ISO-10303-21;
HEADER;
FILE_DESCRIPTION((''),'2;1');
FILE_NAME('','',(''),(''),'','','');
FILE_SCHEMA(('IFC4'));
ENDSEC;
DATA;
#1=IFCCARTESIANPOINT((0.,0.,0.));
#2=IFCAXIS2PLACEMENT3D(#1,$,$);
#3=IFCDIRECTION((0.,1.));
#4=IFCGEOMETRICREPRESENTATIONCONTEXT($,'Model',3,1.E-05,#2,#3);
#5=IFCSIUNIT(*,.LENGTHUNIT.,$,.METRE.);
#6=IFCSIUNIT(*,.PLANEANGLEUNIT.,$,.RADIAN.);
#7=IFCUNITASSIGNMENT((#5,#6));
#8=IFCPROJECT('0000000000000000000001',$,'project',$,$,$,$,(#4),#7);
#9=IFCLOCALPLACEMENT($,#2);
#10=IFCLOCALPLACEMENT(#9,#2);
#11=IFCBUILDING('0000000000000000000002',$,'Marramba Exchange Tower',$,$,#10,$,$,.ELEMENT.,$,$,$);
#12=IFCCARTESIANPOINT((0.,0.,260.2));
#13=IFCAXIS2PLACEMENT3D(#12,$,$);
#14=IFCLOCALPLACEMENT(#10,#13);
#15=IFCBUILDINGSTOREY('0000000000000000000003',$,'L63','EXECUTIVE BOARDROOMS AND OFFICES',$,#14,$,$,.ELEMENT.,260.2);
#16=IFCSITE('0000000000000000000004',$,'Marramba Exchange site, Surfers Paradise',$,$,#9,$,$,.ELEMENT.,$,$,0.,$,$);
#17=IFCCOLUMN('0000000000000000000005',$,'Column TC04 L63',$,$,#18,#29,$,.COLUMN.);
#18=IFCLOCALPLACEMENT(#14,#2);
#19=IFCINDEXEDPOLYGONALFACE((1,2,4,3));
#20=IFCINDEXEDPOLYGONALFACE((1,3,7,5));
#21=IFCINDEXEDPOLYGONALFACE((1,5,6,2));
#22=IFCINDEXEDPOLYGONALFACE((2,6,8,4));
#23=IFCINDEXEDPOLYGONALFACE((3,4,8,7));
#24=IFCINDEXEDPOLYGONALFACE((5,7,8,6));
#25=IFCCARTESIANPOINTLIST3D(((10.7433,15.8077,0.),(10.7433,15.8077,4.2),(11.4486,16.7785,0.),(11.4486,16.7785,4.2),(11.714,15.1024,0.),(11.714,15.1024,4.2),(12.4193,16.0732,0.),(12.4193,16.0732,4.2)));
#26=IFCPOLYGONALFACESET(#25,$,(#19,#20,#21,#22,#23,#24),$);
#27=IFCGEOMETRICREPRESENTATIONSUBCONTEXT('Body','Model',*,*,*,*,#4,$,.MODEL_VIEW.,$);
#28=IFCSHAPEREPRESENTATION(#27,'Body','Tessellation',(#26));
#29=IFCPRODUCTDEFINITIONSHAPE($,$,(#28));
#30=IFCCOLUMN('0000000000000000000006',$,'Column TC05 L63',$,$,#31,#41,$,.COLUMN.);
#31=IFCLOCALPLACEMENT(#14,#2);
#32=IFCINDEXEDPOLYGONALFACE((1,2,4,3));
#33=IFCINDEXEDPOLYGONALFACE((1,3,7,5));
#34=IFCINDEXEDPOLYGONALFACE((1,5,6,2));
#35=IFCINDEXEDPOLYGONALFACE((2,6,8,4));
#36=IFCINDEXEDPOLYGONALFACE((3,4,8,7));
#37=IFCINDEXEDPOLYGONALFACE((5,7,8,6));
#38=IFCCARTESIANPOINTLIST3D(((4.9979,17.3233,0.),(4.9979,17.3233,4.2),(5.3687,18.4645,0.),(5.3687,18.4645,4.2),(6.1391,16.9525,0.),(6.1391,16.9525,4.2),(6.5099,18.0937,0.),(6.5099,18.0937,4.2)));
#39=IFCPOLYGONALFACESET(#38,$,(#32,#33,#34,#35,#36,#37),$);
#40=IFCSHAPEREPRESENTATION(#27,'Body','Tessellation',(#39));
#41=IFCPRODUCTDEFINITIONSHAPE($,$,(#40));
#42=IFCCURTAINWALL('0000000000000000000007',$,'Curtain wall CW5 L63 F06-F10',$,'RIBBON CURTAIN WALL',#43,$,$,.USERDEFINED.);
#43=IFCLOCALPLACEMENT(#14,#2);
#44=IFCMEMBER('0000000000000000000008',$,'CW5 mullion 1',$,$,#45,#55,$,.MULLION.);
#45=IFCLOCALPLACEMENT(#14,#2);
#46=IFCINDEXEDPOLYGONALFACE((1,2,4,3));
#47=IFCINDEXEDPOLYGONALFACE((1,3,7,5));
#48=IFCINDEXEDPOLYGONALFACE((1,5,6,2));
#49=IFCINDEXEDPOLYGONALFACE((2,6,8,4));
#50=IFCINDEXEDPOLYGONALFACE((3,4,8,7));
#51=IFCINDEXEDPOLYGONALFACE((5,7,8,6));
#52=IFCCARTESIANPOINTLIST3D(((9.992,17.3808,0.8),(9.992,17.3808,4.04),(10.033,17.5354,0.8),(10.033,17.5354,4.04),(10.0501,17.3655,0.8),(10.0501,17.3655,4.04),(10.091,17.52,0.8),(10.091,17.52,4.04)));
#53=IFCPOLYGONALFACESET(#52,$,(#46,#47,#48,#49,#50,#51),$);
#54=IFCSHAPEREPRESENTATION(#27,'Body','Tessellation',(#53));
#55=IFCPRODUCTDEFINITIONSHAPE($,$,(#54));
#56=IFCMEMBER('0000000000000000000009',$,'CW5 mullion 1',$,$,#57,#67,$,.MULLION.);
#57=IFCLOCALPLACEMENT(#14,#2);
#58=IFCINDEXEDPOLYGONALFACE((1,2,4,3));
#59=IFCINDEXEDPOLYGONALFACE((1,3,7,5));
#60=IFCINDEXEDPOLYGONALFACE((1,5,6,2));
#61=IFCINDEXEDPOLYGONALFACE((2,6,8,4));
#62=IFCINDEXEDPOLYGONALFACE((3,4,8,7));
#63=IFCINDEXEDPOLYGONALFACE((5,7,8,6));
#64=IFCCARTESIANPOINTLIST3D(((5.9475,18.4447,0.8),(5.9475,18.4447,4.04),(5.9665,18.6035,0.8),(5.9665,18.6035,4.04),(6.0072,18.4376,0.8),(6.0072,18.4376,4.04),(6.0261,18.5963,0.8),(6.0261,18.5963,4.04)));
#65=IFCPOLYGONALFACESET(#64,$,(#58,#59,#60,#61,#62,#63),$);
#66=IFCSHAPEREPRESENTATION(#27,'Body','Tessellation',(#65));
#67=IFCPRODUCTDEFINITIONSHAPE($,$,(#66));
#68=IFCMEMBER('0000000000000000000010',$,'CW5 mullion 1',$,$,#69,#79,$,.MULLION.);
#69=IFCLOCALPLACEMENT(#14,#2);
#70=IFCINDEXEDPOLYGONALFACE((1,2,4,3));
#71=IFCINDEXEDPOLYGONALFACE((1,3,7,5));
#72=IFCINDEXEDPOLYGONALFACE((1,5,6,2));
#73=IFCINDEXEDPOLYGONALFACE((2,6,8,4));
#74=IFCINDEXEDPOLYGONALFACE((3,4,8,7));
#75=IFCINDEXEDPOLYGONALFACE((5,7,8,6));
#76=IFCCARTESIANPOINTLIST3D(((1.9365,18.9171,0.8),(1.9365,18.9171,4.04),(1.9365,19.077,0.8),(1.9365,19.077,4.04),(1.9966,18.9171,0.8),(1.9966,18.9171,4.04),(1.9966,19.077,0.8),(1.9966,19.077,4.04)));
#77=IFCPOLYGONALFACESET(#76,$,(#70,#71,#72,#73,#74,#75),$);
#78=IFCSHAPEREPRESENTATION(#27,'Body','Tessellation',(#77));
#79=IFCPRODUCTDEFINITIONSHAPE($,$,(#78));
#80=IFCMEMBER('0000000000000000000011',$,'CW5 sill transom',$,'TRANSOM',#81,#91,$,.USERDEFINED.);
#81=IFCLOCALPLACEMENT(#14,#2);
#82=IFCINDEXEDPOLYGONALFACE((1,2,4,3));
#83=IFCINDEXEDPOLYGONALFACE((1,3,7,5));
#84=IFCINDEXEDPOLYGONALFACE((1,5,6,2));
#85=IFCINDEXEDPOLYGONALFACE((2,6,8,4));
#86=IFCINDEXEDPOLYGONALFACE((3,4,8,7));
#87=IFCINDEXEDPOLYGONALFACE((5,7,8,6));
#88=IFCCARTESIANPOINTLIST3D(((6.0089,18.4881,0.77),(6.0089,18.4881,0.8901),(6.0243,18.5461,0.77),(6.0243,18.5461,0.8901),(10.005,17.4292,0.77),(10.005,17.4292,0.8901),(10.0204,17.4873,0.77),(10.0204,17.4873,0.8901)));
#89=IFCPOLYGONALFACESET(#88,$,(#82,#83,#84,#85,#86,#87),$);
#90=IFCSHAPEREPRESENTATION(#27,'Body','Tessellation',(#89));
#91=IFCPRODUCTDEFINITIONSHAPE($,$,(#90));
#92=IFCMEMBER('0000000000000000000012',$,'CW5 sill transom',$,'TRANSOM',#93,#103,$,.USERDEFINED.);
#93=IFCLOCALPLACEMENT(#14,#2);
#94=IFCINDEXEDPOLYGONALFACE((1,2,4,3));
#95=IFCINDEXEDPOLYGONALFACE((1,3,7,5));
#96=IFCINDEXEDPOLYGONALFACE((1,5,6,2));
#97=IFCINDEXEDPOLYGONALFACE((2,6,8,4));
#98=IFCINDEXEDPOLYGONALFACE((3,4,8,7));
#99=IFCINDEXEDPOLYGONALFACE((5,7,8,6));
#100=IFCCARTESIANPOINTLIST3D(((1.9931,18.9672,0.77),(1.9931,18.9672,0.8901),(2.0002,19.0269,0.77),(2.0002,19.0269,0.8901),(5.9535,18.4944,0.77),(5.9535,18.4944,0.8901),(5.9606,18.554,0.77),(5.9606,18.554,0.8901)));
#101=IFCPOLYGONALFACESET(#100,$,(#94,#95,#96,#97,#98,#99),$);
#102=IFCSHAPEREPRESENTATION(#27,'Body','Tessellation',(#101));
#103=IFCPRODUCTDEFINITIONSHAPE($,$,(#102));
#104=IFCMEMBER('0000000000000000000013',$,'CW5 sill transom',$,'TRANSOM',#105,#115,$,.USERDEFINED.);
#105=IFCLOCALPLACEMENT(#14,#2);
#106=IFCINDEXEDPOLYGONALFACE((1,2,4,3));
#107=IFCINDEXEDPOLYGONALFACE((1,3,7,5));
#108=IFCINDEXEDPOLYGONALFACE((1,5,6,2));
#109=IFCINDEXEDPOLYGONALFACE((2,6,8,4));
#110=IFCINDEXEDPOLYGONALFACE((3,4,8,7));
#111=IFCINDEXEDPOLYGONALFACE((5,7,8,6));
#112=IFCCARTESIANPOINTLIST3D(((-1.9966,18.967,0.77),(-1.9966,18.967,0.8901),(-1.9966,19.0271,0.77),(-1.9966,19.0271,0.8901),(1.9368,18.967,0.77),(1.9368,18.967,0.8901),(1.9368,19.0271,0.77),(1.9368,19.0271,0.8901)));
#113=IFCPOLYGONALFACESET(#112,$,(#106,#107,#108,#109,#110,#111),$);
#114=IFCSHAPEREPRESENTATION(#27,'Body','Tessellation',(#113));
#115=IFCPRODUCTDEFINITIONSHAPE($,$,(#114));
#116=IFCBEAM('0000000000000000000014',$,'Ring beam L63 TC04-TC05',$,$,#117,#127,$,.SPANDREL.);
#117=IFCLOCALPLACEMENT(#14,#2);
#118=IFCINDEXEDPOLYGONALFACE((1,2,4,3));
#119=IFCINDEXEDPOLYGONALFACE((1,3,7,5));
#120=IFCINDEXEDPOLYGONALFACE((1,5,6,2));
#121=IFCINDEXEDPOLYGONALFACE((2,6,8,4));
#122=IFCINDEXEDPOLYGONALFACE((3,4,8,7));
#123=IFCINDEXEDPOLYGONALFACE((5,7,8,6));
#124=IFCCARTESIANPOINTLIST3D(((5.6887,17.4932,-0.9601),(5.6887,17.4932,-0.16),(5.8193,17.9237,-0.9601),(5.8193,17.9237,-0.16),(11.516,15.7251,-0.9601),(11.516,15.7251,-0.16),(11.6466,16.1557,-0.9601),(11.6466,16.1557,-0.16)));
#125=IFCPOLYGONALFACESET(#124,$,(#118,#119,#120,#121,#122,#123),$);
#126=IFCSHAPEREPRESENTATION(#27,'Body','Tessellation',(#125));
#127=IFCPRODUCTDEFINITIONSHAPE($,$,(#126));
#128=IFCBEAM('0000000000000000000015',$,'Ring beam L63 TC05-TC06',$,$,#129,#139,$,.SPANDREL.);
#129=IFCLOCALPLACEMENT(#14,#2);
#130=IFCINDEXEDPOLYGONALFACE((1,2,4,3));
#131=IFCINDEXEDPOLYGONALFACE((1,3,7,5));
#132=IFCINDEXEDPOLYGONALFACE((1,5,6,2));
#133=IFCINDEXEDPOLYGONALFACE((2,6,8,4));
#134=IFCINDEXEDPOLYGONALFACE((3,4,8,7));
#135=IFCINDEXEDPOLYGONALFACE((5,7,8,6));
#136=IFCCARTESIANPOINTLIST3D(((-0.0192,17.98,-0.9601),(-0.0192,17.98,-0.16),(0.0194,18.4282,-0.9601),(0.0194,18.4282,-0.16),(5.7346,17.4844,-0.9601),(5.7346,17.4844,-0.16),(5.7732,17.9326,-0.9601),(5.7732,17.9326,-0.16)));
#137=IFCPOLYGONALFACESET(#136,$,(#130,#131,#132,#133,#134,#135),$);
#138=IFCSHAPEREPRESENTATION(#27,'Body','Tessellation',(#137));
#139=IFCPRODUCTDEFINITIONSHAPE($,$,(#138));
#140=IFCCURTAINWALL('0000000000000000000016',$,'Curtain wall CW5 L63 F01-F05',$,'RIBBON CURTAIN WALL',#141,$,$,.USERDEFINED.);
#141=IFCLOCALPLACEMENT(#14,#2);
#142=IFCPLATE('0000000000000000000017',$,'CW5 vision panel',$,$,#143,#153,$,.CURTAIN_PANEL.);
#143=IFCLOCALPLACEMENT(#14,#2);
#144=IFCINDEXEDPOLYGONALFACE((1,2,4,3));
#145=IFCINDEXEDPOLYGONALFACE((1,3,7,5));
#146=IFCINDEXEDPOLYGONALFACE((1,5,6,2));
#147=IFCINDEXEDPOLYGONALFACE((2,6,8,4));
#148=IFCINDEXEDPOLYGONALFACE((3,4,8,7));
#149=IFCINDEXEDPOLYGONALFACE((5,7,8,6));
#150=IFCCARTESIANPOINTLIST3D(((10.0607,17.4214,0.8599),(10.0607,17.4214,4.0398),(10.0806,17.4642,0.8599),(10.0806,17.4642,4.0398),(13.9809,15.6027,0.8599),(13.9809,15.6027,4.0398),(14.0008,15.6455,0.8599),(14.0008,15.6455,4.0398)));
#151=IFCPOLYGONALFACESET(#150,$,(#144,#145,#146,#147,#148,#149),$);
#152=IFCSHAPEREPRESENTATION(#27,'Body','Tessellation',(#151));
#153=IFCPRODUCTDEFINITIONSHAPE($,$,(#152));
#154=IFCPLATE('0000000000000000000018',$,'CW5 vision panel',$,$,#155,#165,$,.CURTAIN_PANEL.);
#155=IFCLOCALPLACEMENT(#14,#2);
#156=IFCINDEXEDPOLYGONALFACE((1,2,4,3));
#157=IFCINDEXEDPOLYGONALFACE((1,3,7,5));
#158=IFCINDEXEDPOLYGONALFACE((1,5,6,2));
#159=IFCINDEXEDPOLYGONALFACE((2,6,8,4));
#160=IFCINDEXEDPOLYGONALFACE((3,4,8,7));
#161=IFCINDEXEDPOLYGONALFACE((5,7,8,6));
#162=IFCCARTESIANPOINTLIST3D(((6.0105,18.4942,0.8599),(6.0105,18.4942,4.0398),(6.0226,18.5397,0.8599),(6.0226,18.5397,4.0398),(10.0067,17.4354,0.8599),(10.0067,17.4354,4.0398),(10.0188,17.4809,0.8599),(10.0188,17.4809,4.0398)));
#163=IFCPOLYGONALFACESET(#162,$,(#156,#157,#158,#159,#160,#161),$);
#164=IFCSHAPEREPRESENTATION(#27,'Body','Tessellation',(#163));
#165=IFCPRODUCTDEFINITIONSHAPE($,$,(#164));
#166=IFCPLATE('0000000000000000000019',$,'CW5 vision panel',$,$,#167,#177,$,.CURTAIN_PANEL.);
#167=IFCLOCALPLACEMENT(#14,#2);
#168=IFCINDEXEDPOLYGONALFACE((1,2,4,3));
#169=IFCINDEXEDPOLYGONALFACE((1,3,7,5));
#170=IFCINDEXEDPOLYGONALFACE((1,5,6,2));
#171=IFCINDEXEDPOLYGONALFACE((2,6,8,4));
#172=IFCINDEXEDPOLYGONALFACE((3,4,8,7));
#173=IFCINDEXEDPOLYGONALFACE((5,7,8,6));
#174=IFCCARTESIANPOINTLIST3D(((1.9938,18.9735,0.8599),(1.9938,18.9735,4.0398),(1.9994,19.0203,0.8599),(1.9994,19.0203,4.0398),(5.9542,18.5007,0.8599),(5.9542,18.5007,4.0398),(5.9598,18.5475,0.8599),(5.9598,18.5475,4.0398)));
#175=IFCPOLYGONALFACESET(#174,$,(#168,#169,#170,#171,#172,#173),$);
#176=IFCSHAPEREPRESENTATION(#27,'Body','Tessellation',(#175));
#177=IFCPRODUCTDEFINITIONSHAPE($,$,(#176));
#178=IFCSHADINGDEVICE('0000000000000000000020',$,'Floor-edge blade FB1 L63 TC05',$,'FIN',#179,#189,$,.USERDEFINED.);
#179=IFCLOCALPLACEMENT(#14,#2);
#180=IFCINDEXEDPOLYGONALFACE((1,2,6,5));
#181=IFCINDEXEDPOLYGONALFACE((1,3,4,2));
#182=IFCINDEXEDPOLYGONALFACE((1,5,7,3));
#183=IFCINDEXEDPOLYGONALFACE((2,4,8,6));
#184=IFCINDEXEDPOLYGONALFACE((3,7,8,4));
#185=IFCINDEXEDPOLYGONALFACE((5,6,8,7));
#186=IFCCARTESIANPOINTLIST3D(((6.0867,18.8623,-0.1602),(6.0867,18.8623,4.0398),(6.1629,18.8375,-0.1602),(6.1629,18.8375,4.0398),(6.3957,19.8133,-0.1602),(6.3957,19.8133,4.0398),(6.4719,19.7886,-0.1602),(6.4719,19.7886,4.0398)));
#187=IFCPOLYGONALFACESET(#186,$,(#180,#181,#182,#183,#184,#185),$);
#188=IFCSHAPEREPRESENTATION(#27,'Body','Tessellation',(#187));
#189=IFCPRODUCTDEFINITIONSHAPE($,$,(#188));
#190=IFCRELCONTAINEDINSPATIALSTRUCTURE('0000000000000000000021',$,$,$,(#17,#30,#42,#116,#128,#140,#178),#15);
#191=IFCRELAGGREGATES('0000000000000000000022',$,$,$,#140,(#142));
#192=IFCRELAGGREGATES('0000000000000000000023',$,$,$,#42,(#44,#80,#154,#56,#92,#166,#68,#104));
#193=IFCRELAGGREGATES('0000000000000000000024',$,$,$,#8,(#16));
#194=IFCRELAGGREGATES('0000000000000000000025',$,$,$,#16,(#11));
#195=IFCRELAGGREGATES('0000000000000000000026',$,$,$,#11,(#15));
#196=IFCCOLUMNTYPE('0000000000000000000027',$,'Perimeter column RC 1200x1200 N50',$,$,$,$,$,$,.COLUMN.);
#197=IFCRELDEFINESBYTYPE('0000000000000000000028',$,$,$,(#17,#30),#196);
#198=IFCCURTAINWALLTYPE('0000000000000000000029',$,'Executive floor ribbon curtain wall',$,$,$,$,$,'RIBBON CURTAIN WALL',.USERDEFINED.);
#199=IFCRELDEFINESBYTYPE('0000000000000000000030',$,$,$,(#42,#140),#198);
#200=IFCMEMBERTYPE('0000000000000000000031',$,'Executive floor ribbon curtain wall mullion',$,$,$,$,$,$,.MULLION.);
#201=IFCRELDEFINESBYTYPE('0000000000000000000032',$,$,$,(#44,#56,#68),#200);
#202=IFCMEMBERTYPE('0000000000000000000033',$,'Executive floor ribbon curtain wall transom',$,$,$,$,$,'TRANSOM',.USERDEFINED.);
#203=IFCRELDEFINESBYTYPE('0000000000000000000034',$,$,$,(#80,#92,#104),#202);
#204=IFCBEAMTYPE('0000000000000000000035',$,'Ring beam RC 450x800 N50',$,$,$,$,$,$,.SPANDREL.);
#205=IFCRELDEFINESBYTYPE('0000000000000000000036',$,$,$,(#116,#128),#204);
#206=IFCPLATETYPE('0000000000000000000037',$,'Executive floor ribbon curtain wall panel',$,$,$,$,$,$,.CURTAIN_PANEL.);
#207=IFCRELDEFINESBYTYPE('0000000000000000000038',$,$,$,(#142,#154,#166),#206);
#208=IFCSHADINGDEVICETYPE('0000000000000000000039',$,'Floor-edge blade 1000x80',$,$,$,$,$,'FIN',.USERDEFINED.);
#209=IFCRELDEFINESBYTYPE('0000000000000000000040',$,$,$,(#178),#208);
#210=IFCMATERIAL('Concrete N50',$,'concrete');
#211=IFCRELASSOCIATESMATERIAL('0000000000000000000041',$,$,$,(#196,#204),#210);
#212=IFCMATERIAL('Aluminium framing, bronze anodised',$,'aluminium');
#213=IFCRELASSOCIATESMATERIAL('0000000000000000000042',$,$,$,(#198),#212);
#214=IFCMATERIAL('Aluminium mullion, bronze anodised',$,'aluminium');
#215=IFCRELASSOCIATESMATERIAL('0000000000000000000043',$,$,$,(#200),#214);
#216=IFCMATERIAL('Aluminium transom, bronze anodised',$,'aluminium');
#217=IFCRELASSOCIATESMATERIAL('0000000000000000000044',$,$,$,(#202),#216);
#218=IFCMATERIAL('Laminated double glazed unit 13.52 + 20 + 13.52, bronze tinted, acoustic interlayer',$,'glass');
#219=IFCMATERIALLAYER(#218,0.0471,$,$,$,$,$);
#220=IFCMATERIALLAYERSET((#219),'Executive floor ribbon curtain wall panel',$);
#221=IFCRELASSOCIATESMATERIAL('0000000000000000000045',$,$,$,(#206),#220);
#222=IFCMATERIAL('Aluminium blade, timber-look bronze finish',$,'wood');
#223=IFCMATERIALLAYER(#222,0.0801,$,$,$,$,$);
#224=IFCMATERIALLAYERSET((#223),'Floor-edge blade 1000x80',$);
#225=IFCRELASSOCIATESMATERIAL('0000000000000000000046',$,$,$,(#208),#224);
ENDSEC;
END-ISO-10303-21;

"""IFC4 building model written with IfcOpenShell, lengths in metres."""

from ifc_helpers import new_model, si_unit, direction, frame, origin, origin_2d, place, context, subcontext, project, spatial, rectangle, extrude, material, layer, layer_set, material_profile, profile_set, type_object, element, aggregate, save


model = new_model("IFC4")

# Units and contexts
model_context = context("Model", 3, precision=1e-05, world=origin(), true_north=direction((0.0, 1.0)))
body_context = subcontext(model_context, "Body", "Model", "MODEL_VIEW")
ifc_project = project(units=[si_unit("LENGTHUNIT", "METRE"), si_unit("PLANEANGLEUNIT", "RADIAN")], contexts=[model_context])

# Site, building, storey
site_placement = place(None, origin())
site = spatial("IfcSite", under=ifc_project, at=site_placement, Name="Marramba Exchange site, Surfers Paradise", CompositionType="ELEMENT", RefElevation=0.0)
building_placement = place(site_placement, origin())
building = spatial("IfcBuilding", under=site, at=building_placement, Name="Marramba Exchange Tower", CompositionType="ELEMENT")
storey_placement = place(building_placement, frame((0.0, 0.0, 260.2)))
storey = spatial("IfcBuildingStorey", under=building, at=storey_placement, Name="L63", Description="EXECUTIVE BOARDROOMS AND OFFICES", CompositionType="ELEMENT", Elevation=260.2)

# Columns
ifc_material_1 = material(Name="Concrete N50", Category="concrete")
ifc_material_profile_1 = material_profile(ifc_material_1, rectangle(XDim=1.2, YDim=1.2, at=origin_2d()), Name="RC 1200x1200")
ifc_profile_set_1 = profile_set([ifc_material_profile_1], Name="Concrete N50")
column_type = type_object("IfcColumnType", Name="Perimeter column RC 1200x1200 N50", PredefinedType="COLUMN", material=ifc_profile_set_1)
for number, where, z_axis, x_axis, name in (
    (1, (11.5813, 15.9404, 0.0), (0.0, 0.0, 1.0), (0.587785, 0.809017, 0.0), "Column TC04 L63"),
    (2, (5.7539, 17.7085, 0.0), (0.0, 0.0, 1.0), (0.309017, 0.951057, 0.0), "Column TC05 L63"),
):
    element("IfcColumn", number, at=place(storey_placement, frame(where, z_axis=z_axis, x_axis=x_axis)), inside=storey, type_object=column_type, Name=name, PredefinedType="COLUMN", context=body_context, shape_type="SweptSolid", body=[
        extrude(rectangle(XDim=1.2, YDim=1.2, at=origin_2d()), origin(), (0.0, 0.0, 1.0), 4.2),
    ])

# Curtain wall, members
ifc_material_2 = material(Name="Aluminium framing, bronze anodised", Category="aluminium")
curtain_wall_type = type_object("IfcCurtainWallType", Name="Executive floor ribbon curtain wall", ElementType="RIBBON CURTAIN WALL", PredefinedType="USERDEFINED", material=ifc_material_2)
curtain_wall_1_placement = place(storey_placement, origin())
curtain_wall_1 = element("IfcCurtainWall", 3, at=curtain_wall_1_placement, inside=storey, type_object=curtain_wall_type, Name="Curtain wall CW5 L63 F06-F10", ObjectType="RIBBON CURTAIN WALL", PredefinedType="USERDEFINED")
ifc_material_3 = material(Name="Aluminium mullion, bronze anodised", Category="aluminium")
ifc_material_profile_2 = material_profile(ifc_material_3, rectangle(XDim=0.1599, YDim=0.0601, at=origin_2d()), Name="CW5 mullion 60x160")
ifc_profile_set_2 = profile_set([ifc_material_profile_2], Name="Aluminium mullion, bronze anodised")
member_type_1 = type_object("IfcMemberType", Name="Executive floor ribbon curtain wall mullion", PredefinedType="MULLION", material=ifc_profile_set_2)
member_1_placement = place(storey_placement, frame((10.0415, 17.4504, 0.8), z_axis=(0.0, 0.0, 1.0), x_axis=(-0.256126, -0.966644, 0.0)))
member_1 = element("IfcMember", 4, at=member_1_placement, type_object=member_type_1, Name="CW5 mullion 1", PredefinedType="MULLION", context=body_context, shape_type="SweptSolid", body=[
    extrude(rectangle(XDim=0.1599, YDim=0.0601, at=origin_2d()), origin(), (0.0, 0.0, 1.0), 3.24),
])
member_2_placement = place(storey_placement, frame((5.9868, 18.5205, 0.8), z_axis=(0.0, 0.0, 1.0), x_axis=(-0.118557, -0.992947, 0.0)))
member_2 = element("IfcMember", 5, at=member_2_placement, type_object=member_type_1, Name="CW5 mullion 1", PredefinedType="MULLION", context=body_context, shape_type="SweptSolid", body=[
    extrude(rectangle(XDim=0.1599, YDim=0.0601, at=origin_2d()), origin(), (0.0, 0.0, 1.0), 3.24),
])
member_3_placement = place(storey_placement, frame((1.9666, 18.9971, 0.8), z_axis=(0.0, 0.0, 1.0), x_axis=(0.0, -1.0, 0.0)))
member_3 = element("IfcMember", 6, at=member_3_placement, type_object=member_type_1, Name="CW5 mullion 1", PredefinedType="MULLION", context=body_context, shape_type="SweptSolid", body=[
    extrude(rectangle(XDim=0.1599, YDim=0.0601, at=origin_2d()), origin(), (0.0, 0.0, 1.0), 3.24),
])
ifc_material_4 = material(Name="Aluminium transom, bronze anodised", Category="aluminium")
ifc_material_profile_3 = material_profile(ifc_material_4, rectangle(XDim=0.0601, YDim=0.1201, at=origin_2d()), Name="CW5 transom 60x120")
ifc_profile_set_3 = profile_set([ifc_material_profile_3], Name="Aluminium transom, bronze anodised")
member_type_2 = type_object("IfcMemberType", Name="Executive floor ribbon curtain wall transom", ElementType="TRANSOM", PredefinedType="USERDEFINED", material=ifc_profile_set_3)
member_4_placement = place(storey_placement, frame((10.0127, 17.4583, 0.8301), z_axis=(-0.966642, 0.25613, 0.0), x_axis=(-0.25613, -0.966642, 0.0)))
member_4 = element("IfcMember", 7, at=member_4_placement, type_object=member_type_2, Name="CW5 sill transom", ObjectType="TRANSOM", PredefinedType="USERDEFINED", context=body_context, shape_type="SweptSolid", body=[
    extrude(rectangle(XDim=0.0601, YDim=0.1201, at=origin_2d()), origin(), (0.0, 0.0, 1.0), 4.134),
])
member_5_placement = place(storey_placement, frame((5.957, 18.5242, 0.8301), z_axis=(-0.992946, 0.118564, 0.0), x_axis=(-0.118564, -0.992946, 0.0)))
member_5 = element("IfcMember", 8, at=member_5_placement, type_object=member_type_2, Name="CW5 sill transom", ObjectType="TRANSOM", PredefinedType="USERDEFINED", context=body_context, shape_type="SweptSolid", body=[
    extrude(rectangle(XDim=0.0601, YDim=0.1201, at=origin_2d()), origin(), (0.0, 0.0, 1.0), 3.9885),
])
member_6_placement = place(storey_placement, frame((1.9368, 18.9971, 0.8301), z_axis=(-1.0, 0.0, 0.0), x_axis=(0.0, -1.0, 0.0)))
member_6 = element("IfcMember", 9, at=member_6_placement, type_object=member_type_2, Name="CW5 sill transom", ObjectType="TRANSOM", PredefinedType="USERDEFINED", context=body_context, shape_type="SweptSolid", body=[
    extrude(rectangle(XDim=0.0601, YDim=0.1201, at=origin_2d()), origin(), (0.0, 0.0, 1.0), 3.9333),
])

# Beams
ifc_material_profile_4 = material_profile(ifc_material_1, rectangle(XDim=0.45, YDim=0.8, at=origin_2d()), Name="RC 450x800")
ifc_profile_set_4 = profile_set([ifc_material_profile_4], Name="Concrete N50")
beam_type = type_object("IfcBeamType", Name="Ring beam RC 450x800 N50", PredefinedType="SPANDREL", material=ifc_profile_set_4)
beam_1_placement = place(storey_placement, frame((11.5813, 15.9404, -0.5601), z_axis=(-0.956925, 0.290337, 0.0), x_axis=(-0.290337, -0.956925, 0.0)))
element("IfcBeam", 10, at=beam_1_placement, inside=storey, type_object=beam_type, Name="Ring beam L63 TC04-TC05", PredefinedType="SPANDREL", context=body_context, shape_type="SweptSolid", body=[
    extrude(rectangle(XDim=0.45, YDim=0.8, at=origin_2d()), origin(), (0.0, 0.0, 1.0), 6.0896),
])
beam_2_placement = place(storey_placement, frame((5.7539, 17.7085, -0.5601), z_axis=(-0.996311, 0.085816, 0.0), x_axis=(-0.085816, -0.996311, 0.0)))
element("IfcBeam", 11, at=beam_2_placement, inside=storey, type_object=beam_type, Name="Ring beam L63 TC05-TC06", PredefinedType="SPANDREL", context=body_context, shape_type="SweptSolid", body=[
    extrude(rectangle(XDim=0.45, YDim=0.8, at=origin_2d()), origin(), (0.0, 0.0, 1.0), 5.7751),
])

# Curtain wall, plate
curtain_wall_2_placement = place(storey_placement, origin())
curtain_wall_2 = element("IfcCurtainWall", 12, at=curtain_wall_2_placement, inside=storey, type_object=curtain_wall_type, Name="Curtain wall CW5 L63 F01-F05", ObjectType="RIBBON CURTAIN WALL", PredefinedType="USERDEFINED")
ifc_material_5 = material(Name="Laminated double glazed unit 13.52 + 20 + 13.52, bronze tinted, acoustic interlayer", Category="glass")
ifc_layer_1 = layer(ifc_material_5, 0.0471)
ifc_layer_set_1 = layer_set([ifc_layer_1], Name="Executive floor ribbon curtain wall panel")
plate_type = type_object("IfcPlateType", Name="Executive floor ribbon curtain wall panel", PredefinedType="CURTAIN_PANEL", material=ifc_layer_set_1)
plate_1_placement = place(storey_placement, frame((12.0308, 16.5334, 0.8599), z_axis=(0.0, 0.0, 1.0), x_axis=(-0.907131, 0.420849, 0.0)))
plate_1 = element("IfcPlate", 13, at=plate_1_placement, type_object=plate_type, Name="CW5 vision panel", PredefinedType="CURTAIN_PANEL", context=body_context, shape_type="SweptSolid", body=[
    extrude(rectangle(XDim=4.3215, YDim=0.0471, at=origin_2d()), origin(), (0.0, 0.0, 1.0), 3.1799),
])
aggregate(curtain_wall_2, [plate_1])

# Plates
plate_2_placement = place(storey_placement, frame((8.0146, 17.9875, 0.8599), z_axis=(0.0, 0.0, 1.0), x_axis=(-0.966644, 0.256126, 0.0)))
plate_2 = element("IfcPlate", 14, at=plate_2_placement, type_object=plate_type, Name="CW5 vision panel", PredefinedType="CURTAIN_PANEL", context=body_context, shape_type="SweptSolid", body=[
    extrude(rectangle(XDim=4.134, YDim=0.0471, at=origin_2d()), origin(), (0.0, 0.0, 1.0), 3.1799),
])
plate_3_placement = place(storey_placement, frame((3.9768, 18.7605, 0.8599), z_axis=(0.0, 0.0, 1.0), x_axis=(-0.992947, 0.118557, 0.0)))
plate_3 = element("IfcPlate", 15, at=plate_3_placement, type_object=plate_type, Name="CW5 vision panel", PredefinedType="CURTAIN_PANEL", context=body_context, shape_type="SweptSolid", body=[
    extrude(rectangle(XDim=3.9885, YDim=0.0471, at=origin_2d()), origin(), (0.0, 0.0, 1.0), 3.1799),
])
aggregate(curtain_wall_1, [member_1, member_4, plate_2, member_2, member_5, plate_3, member_3, member_6])

# Shading device
ifc_material_6 = material(Name="Aluminium blade, timber-look bronze finish", Category="wood")
ifc_layer_2 = layer(ifc_material_6, 0.0801)
ifc_layer_set_2 = layer_set([ifc_layer_2], Name="Floor-edge blade 1000x80")
shading_device_type_1 = type_object("IfcShadingDeviceType", Name="Floor-edge blade 1000x80", ElementType="FIN", PredefinedType="USERDEFINED", material=ifc_layer_set_2)
for number, where, z_axis, x_axis, name in (
    (16, (6.2793, 19.3254, -0.1602), (0.0, 0.0, 1.0), (0.309017, 0.951057, 0.0), "Floor-edge blade FB1 L63 TC05"),
):
    element("IfcShadingDevice", number, at=place(storey_placement, frame(where, z_axis=z_axis, x_axis=x_axis)), inside=storey, type_object=shading_device_type_1, Name=name, ObjectType="FIN", PredefinedType="USERDEFINED", context=body_context, shape_type="SweptSolid", body=[
        extrude(rectangle(XDim=1.0, YDim=0.0801, at=origin_2d()), origin(), (0.0, 0.0, 1.0), 4.2),
    ])

save(model, "model.ifc")
